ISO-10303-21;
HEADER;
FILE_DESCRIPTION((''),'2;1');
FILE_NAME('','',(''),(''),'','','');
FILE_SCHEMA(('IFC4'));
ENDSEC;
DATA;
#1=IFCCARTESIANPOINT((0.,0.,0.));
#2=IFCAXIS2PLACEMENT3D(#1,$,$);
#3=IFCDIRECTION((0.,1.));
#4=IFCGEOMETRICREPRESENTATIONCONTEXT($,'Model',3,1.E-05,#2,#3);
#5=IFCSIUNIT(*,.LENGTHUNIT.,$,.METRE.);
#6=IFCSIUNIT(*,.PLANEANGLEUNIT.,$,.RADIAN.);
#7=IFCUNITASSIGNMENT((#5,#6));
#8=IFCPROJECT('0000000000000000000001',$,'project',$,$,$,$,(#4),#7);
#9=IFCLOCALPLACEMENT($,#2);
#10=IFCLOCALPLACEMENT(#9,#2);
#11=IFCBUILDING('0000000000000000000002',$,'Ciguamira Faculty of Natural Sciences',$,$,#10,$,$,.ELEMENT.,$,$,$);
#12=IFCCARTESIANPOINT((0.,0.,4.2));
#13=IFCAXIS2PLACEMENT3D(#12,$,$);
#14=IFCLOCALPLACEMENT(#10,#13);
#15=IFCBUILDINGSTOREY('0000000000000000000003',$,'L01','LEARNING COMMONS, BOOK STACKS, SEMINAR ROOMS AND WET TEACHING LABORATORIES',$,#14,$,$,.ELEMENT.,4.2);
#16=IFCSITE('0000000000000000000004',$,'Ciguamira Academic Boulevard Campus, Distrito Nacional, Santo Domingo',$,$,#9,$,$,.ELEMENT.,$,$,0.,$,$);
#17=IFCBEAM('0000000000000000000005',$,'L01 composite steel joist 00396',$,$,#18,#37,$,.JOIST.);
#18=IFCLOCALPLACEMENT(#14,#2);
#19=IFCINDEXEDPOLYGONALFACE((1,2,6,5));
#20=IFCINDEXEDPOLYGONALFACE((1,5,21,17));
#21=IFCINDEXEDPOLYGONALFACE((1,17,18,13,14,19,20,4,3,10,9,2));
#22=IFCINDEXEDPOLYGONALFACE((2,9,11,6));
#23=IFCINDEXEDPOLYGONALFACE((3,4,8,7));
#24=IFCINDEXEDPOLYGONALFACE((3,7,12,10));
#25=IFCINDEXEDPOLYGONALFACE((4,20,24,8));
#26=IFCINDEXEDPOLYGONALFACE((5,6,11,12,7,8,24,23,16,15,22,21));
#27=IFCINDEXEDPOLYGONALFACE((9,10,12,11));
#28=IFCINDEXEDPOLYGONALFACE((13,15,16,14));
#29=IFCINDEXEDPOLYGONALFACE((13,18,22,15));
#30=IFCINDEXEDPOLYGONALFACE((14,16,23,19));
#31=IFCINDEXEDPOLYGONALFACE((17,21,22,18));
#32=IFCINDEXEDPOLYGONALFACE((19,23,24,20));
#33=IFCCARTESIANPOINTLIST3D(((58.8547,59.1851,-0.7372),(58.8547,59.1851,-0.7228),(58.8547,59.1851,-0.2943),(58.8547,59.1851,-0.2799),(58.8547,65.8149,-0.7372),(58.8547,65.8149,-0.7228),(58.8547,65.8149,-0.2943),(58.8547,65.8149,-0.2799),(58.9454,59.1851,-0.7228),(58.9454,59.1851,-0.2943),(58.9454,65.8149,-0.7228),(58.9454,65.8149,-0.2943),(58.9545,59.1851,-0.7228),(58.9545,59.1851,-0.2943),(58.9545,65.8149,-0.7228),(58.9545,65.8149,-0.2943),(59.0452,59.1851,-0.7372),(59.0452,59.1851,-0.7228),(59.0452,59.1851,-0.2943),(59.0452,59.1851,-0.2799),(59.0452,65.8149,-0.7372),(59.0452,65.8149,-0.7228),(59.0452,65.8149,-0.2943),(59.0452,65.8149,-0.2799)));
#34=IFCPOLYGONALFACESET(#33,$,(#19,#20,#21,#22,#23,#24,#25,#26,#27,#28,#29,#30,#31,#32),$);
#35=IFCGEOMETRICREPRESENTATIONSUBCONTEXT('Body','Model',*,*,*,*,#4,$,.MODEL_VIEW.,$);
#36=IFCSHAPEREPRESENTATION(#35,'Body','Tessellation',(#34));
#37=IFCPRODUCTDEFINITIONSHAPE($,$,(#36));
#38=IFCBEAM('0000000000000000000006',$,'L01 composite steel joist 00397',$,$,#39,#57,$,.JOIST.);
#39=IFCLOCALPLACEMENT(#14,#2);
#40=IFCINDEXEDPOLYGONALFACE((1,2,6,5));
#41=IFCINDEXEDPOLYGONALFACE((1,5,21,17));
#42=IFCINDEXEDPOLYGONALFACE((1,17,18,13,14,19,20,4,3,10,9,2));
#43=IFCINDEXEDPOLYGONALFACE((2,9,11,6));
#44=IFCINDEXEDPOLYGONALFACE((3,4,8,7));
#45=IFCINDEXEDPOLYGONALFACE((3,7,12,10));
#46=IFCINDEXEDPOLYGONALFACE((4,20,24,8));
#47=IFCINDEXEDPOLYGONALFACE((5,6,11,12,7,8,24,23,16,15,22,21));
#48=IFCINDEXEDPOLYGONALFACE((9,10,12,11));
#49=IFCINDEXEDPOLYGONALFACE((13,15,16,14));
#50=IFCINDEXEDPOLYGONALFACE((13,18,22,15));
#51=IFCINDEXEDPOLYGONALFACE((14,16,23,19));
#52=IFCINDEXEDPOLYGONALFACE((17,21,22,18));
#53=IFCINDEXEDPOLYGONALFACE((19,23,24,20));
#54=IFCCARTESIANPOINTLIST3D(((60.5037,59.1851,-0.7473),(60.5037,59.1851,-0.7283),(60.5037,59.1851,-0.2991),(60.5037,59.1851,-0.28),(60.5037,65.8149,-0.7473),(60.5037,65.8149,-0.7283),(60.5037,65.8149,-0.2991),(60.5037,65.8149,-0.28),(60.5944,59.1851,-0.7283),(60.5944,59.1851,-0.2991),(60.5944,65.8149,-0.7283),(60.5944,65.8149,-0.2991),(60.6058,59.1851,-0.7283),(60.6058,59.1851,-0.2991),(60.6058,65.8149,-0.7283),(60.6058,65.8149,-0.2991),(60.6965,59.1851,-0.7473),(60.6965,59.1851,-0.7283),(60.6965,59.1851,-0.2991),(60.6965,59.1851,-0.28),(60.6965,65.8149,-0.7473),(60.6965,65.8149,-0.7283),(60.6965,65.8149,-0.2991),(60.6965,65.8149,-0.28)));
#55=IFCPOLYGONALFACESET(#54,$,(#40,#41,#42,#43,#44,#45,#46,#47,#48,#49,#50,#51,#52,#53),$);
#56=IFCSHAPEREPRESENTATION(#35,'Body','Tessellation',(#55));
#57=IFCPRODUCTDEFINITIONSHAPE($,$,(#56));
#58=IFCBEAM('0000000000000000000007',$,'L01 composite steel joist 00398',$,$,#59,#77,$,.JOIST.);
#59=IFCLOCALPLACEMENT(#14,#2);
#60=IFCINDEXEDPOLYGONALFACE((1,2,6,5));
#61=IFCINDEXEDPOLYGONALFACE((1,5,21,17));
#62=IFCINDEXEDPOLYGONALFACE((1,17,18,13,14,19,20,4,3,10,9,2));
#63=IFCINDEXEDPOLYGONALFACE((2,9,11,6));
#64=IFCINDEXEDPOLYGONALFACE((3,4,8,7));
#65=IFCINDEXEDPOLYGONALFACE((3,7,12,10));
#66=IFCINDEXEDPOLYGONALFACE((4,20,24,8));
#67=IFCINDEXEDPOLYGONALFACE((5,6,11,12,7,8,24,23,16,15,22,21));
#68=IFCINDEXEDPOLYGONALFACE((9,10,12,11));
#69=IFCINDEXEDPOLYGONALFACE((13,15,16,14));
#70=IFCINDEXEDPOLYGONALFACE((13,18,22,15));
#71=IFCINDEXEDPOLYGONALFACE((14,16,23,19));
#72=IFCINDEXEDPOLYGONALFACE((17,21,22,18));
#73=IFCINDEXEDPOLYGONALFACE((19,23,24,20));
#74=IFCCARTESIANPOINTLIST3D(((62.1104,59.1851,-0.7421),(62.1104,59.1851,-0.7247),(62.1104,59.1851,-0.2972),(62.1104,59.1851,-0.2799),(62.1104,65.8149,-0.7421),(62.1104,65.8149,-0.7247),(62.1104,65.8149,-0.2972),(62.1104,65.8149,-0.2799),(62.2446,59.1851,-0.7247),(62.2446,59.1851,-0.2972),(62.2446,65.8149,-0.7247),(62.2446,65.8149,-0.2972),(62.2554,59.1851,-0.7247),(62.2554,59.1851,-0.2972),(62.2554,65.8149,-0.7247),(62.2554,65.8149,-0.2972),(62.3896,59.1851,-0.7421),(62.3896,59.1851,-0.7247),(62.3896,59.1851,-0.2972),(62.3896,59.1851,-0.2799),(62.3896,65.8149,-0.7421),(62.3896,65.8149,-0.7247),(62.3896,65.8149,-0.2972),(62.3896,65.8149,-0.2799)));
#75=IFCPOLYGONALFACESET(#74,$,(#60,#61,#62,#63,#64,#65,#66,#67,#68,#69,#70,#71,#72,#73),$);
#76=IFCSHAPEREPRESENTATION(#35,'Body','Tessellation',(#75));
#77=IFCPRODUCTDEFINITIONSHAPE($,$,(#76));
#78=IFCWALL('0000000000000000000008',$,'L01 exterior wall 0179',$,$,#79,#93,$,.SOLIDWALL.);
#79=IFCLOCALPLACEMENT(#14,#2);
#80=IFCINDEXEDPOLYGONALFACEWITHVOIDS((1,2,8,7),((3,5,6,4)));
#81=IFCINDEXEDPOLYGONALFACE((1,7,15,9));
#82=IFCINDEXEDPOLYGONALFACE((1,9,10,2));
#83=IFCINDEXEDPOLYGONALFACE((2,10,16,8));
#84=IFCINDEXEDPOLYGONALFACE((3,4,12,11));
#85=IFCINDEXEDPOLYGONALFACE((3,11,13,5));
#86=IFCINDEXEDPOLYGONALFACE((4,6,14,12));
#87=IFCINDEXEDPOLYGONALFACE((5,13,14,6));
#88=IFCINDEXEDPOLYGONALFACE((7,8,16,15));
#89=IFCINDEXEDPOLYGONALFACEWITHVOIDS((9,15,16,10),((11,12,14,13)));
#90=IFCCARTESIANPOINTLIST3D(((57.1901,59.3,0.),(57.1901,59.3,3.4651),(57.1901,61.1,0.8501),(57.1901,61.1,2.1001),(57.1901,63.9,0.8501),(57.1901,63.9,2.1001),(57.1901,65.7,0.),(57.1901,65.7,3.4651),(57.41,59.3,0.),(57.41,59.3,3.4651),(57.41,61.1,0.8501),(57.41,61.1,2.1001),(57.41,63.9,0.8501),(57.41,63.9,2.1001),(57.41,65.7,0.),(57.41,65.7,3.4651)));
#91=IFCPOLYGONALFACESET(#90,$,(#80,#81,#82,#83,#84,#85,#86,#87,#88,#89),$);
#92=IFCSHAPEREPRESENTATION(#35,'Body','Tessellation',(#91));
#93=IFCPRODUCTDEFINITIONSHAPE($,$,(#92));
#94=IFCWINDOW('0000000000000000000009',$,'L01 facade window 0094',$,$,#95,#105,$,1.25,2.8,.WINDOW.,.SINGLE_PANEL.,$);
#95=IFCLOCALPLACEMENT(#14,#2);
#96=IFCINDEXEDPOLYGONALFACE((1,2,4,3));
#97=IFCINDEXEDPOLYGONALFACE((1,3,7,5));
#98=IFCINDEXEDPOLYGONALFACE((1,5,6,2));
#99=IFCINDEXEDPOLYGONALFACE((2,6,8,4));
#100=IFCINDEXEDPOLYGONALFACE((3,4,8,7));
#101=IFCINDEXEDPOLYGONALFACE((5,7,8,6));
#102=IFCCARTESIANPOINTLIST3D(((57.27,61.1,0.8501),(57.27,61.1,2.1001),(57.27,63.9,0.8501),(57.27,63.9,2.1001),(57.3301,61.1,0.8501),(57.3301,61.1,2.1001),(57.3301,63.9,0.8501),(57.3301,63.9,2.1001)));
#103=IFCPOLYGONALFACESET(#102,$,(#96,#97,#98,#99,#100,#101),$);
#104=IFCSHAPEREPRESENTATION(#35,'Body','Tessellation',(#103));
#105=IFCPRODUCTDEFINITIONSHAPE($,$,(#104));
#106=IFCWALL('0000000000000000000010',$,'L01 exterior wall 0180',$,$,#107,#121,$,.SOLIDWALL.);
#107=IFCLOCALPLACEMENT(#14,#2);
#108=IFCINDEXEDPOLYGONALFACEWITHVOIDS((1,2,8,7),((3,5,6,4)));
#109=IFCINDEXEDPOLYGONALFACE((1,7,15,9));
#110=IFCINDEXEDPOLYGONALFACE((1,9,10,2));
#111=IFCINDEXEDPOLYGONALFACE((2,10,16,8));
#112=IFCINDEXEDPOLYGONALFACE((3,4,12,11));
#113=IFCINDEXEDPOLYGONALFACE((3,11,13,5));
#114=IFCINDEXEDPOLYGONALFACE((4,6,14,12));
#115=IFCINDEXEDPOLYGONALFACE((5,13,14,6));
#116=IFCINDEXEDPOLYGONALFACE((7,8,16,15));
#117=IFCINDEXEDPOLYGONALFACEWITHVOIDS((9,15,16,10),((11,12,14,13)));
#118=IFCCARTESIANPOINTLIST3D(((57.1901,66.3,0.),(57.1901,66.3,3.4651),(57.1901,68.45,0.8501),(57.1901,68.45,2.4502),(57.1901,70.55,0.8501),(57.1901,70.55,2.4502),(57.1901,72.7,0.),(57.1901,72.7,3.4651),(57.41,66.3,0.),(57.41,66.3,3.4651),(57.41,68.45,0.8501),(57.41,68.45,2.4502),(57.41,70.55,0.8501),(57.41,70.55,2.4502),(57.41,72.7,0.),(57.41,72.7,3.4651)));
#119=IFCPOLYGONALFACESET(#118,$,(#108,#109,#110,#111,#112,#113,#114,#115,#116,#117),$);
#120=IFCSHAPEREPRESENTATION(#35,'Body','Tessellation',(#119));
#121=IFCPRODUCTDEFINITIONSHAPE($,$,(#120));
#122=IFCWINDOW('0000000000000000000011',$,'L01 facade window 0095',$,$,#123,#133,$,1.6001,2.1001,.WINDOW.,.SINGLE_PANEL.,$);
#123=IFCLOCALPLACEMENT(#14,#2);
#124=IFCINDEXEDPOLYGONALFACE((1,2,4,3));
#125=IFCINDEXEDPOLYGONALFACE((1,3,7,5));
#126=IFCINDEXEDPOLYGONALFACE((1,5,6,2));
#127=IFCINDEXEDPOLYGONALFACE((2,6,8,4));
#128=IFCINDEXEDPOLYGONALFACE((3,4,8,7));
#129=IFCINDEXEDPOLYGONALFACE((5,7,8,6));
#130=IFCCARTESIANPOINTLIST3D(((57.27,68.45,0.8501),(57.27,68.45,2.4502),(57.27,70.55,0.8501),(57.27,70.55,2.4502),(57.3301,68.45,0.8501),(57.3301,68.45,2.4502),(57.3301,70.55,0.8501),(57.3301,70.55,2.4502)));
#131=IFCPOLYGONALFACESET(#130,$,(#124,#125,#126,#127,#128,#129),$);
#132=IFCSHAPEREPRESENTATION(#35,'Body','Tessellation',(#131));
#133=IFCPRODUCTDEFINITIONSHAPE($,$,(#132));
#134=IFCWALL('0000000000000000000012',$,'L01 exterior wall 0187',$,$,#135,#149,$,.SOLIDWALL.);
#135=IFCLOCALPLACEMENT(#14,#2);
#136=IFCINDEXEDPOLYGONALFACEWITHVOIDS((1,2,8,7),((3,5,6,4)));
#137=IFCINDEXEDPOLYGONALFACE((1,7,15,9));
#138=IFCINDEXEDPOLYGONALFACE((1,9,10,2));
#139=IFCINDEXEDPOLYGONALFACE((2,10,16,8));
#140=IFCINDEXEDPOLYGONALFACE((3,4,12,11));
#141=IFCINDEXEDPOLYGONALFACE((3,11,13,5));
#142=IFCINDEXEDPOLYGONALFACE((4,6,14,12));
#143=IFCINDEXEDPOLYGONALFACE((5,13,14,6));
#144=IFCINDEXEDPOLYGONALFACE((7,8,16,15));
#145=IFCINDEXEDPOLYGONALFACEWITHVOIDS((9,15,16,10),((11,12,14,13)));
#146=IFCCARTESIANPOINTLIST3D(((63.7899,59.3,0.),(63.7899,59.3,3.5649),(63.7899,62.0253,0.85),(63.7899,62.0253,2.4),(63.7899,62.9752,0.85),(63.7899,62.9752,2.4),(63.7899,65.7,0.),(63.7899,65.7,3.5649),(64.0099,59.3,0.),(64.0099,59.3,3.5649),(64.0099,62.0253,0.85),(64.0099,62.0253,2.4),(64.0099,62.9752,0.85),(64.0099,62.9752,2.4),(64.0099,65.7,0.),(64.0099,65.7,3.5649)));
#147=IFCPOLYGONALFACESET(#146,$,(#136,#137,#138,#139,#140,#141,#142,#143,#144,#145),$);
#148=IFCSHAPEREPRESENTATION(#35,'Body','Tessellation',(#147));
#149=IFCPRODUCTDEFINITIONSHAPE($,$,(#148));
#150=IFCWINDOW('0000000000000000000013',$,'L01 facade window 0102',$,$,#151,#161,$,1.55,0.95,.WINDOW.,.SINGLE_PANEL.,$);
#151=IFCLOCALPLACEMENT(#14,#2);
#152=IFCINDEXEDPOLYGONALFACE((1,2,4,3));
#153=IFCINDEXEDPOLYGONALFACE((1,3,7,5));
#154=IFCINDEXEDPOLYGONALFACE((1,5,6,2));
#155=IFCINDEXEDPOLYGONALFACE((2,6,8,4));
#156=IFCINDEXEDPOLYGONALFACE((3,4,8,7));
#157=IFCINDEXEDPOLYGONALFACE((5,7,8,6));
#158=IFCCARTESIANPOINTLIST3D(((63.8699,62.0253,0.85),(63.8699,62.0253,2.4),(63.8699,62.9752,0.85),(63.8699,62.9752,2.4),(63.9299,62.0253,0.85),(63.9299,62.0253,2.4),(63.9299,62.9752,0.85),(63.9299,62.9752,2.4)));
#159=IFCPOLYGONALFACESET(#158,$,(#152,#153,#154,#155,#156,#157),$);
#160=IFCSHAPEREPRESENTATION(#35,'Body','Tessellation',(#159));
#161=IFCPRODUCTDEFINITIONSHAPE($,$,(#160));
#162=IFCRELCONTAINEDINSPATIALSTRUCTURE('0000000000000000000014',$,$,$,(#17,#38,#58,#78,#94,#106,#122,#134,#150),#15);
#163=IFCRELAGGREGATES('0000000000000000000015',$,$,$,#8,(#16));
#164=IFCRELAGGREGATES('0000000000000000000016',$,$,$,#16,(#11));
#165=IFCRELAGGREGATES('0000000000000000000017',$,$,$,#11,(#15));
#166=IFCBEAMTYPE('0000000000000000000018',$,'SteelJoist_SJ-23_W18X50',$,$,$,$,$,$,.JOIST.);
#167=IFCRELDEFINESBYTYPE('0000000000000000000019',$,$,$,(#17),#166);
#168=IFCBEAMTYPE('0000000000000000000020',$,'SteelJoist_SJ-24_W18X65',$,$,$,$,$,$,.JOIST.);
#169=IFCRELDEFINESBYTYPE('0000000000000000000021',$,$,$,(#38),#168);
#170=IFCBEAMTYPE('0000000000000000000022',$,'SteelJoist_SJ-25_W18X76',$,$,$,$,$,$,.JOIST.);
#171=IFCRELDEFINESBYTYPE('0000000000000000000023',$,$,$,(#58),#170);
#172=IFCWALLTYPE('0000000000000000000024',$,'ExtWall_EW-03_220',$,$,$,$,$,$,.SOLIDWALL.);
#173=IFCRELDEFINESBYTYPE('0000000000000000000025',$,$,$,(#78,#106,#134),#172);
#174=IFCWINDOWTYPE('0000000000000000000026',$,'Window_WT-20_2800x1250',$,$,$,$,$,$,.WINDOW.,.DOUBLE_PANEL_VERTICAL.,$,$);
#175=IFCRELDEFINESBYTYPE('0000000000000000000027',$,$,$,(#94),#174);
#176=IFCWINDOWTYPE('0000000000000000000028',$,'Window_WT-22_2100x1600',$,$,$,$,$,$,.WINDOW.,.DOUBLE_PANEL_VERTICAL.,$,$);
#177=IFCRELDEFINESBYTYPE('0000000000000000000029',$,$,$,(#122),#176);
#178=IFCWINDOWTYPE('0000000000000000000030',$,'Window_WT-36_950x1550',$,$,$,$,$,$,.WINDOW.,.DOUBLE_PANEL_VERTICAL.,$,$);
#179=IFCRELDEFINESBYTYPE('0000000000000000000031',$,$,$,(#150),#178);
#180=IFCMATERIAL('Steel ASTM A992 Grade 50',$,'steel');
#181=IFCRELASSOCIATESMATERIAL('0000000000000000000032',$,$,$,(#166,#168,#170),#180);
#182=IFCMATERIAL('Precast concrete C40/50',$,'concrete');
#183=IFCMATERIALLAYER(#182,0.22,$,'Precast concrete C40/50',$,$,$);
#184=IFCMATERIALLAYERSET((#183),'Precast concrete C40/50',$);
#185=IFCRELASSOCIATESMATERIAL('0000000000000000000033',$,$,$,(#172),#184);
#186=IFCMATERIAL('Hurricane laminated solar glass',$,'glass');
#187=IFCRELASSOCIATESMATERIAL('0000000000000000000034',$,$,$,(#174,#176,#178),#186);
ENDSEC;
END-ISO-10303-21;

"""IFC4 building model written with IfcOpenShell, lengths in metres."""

from ifc_helpers import new_model, si_unit, direction, frame, frame_2d, origin, origin_2d, place, context, subcontext, project, spatial, rectangle, i_section, extrude, material, layer, layer_set, material_profile, profile_set, type_object, element, fill, save


model = new_model("IFC4")

# Units and contexts
model_context = context("Model", 3, precision=1e-05, world=origin(), true_north=direction((0.0, 1.0)))
body_context = subcontext(model_context, "Body", "Model", "MODEL_VIEW")
ifc_project = project(units=[si_unit("LENGTHUNIT", "METRE"), si_unit("PLANEANGLEUNIT", "RADIAN")], contexts=[model_context])

# Site, building, storey
site_placement = place(None, origin())
site = spatial("IfcSite", under=ifc_project, at=site_placement, Name="Ciguamira Academic Boulevard Campus, Distrito Nacional, Santo Domingo", CompositionType="ELEMENT", RefElevation=0.0)
building_placement = place(site_placement, origin())
building = spatial("IfcBuilding", under=site, at=building_placement, Name="Ciguamira Faculty of Natural Sciences", CompositionType="ELEMENT")
storey_placement = place(building_placement, frame((0.0, 0.0, 4.2)))
storey = spatial("IfcBuildingStorey", under=building, at=storey_placement, Name="L01", Description="LEARNING COMMONS, BOOK STACKS, SEMINAR ROOMS AND WET TEACHING LABORATORIES", CompositionType="ELEMENT", Elevation=4.2)

# Beams
ifc_material_1 = material(Name="Precast concrete C40/50", Category="concrete")
ifc_material_2 = material(Name="Steel ASTM A992 Grade 50", Category="steel")
ifc_material_profile_1 = material_profile(ifc_material_2, i_section(OverallWidth=0.1904, OverallDepth=0.4573, WebThickness=0.009, FlangeThickness=0.0144, at=origin_2d()), Name="W18X50")
ifc_profile_set_1 = profile_set([ifc_material_profile_1], Name="Steel ASTM A992 Grade 50")
beam_type_1 = type_object("IfcBeamType", Name="SteelJoist_SJ-23_W18X50", PredefinedType="JOIST", material=ifc_profile_set_1)
beam_1_placement = place(storey_placement, frame((58.95, 59.1851, -0.5085), z_axis=(0.0, 1.0, 0.0), x_axis=(-1.0, 0.0, 0.0)))
element("IfcBeam", 1, at=beam_1_placement, inside=storey, type_object=beam_type_1, Name="L01 composite steel joist 00396", PredefinedType="JOIST", context=body_context, shape_type="SweptSolid", body=[
    extrude(i_section(OverallWidth=0.1904, OverallDepth=0.4573, WebThickness=0.009, FlangeThickness=0.0144, at=origin_2d()), origin(), (0.0, 0.0, 1.0), 6.6299),
])
ifc_material_profile_2 = material_profile(ifc_material_2, i_section(OverallWidth=0.1929, OverallDepth=0.4673, WebThickness=0.0115, FlangeThickness=0.019, at=origin_2d()), Name="W18X65")
ifc_profile_set_2 = profile_set([ifc_material_profile_2], Name="Steel ASTM A992 Grade 50")
beam_type_2 = type_object("IfcBeamType", Name="SteelJoist_SJ-24_W18X65", PredefinedType="JOIST", material=ifc_profile_set_2)
beam_2_placement = place(storey_placement, frame((60.6001, 59.1851, -0.5137), z_axis=(0.0, 1.0, 0.0), x_axis=(-1.0, 0.0, 0.0)))
element("IfcBeam", 2, at=beam_2_placement, inside=storey, type_object=beam_type_2, Name="L01 composite steel joist 00397", PredefinedType="JOIST", context=body_context, shape_type="SweptSolid", body=[
    extrude(i_section(OverallWidth=0.1929, OverallDepth=0.4673, WebThickness=0.0115, FlangeThickness=0.019, at=origin_2d()), origin(), (0.0, 0.0, 1.0), 6.6299),
])
ifc_material_profile_3 = material_profile(ifc_material_2, i_section(OverallWidth=0.2793, OverallDepth=0.4622, WebThickness=0.0107, FlangeThickness=0.0173, at=origin_2d()), Name="W18X76")
ifc_profile_set_3 = profile_set([ifc_material_profile_3], Name="Steel ASTM A992 Grade 50")
beam_type_3 = type_object("IfcBeamType", Name="SteelJoist_SJ-25_W18X76", PredefinedType="JOIST", material=ifc_profile_set_3)
beam_3_placement = place(storey_placement, frame((62.25, 59.1851, -0.511), z_axis=(0.0, 1.0, 0.0), x_axis=(-1.0, 0.0, 0.0)))
element("IfcBeam", 3, at=beam_3_placement, inside=storey, type_object=beam_type_3, Name="L01 composite steel joist 00398", PredefinedType="JOIST", context=body_context, shape_type="SweptSolid", body=[
    extrude(i_section(OverallWidth=0.2793, OverallDepth=0.4622, WebThickness=0.0107, FlangeThickness=0.0173, at=origin_2d()), origin(), (0.0, 0.0, 1.0), 6.6299),
])

# Walls, openings, windows
ifc_layer = layer(ifc_material_1, 0.22, Name="Precast concrete C40/50")
ifc_layer_set = layer_set([ifc_layer], Name="Precast concrete C40/50")
wall_type = type_object("IfcWallType", Name="ExtWall_EW-03_220", PredefinedType="SOLIDWALL", material=ifc_layer_set)
wall_1_placement = place(storey_placement, frame((57.3, 59.3, 0.0), z_axis=(0.0, 0.0, 1.0), x_axis=(0.0, 1.0, 0.0)))
wall_1 = element("IfcWall", 4, at=wall_1_placement, inside=storey, type_object=wall_type, Name="L01 exterior wall 0179", PredefinedType="SOLIDWALL", context=body_context, shape_type="SweptSolid", body=[
    extrude(rectangle(XDim=6.3999, YDim=0.22, at=frame_2d((3.2, 0.0))), origin(), (0.0, 0.0, 1.0), 3.4651),
])
opening_1_placement = place(wall_1_placement, frame((1.8, 0.0, 0.8501)))
opening_1 = element("IfcOpeningElement", 5, at=opening_1_placement, cuts=wall_1, PredefinedType="OPENING", context=body_context, shape_type="SweptSolid", body=[
    extrude(rectangle(XDim=2.8, YDim=1.25, at=frame_2d((1.3999, 0.625))), frame((0.0, 0.1199, 0.0), z_axis=(0.0, -1.0, 0.0), x_axis=(1.0, 0.0, 0.0)), (0.0, 0.0, 1.0), 0.24),
])
ifc_material_3 = material(Name="Hurricane laminated solar glass", Category="glass")
window_type_1 = type_object("IfcWindowType", Name="Window_WT-20_2800x1250", PartitioningType="DOUBLE_PANEL_VERTICAL", PredefinedType="WINDOW", material=ifc_material_3)
window_1_placement = place(opening_1_placement, origin())
window_1 = element("IfcWindow", 6, at=window_1_placement, inside=storey, type_object=window_type_1, Name="L01 facade window 0094", OverallHeight=1.25, OverallWidth=2.8, PartitioningType="SINGLE_PANEL", PredefinedType="WINDOW", context=body_context, shape_type="SweptSolid", body=[
    extrude(rectangle(XDim=2.8, YDim=1.25, at=frame_2d((1.3999, 0.625))), frame((0.0, 0.03, 0.0), z_axis=(0.0, -1.0, 0.0), x_axis=(1.0, 0.0, 0.0)), (0.0, 0.0, 1.0), 0.0601),
])
fill(opening_1, window_1)
wall_2_placement = place(storey_placement, frame((57.3, 66.3, 0.0), z_axis=(0.0, 0.0, 1.0), x_axis=(0.0, 1.0, 0.0)))
wall_2 = element("IfcWall", 7, at=wall_2_placement, inside=storey, type_object=wall_type, Name="L01 exterior wall 0180", PredefinedType="SOLIDWALL", context=body_context, shape_type="SweptSolid", body=[
    extrude(rectangle(XDim=6.3999, YDim=0.22, at=frame_2d((3.2, 0.0))), origin(), (0.0, 0.0, 1.0), 3.4651),
])
opening_2_placement = place(wall_2_placement, frame((2.1499, 0.0, 0.8501)))
opening_2 = element("IfcOpeningElement", 8, at=opening_2_placement, cuts=wall_2, PredefinedType="OPENING", context=body_context, shape_type="SweptSolid", body=[
    extrude(rectangle(XDim=2.1001, YDim=1.6001, at=frame_2d((1.05, 0.8))), frame((0.0, 0.1199, 0.0), z_axis=(0.0, -1.0, 0.0), x_axis=(1.0, 0.0, 0.0)), (0.0, 0.0, 1.0), 0.24),
])
window_type_2 = type_object("IfcWindowType", Name="Window_WT-22_2100x1600", PartitioningType="DOUBLE_PANEL_VERTICAL", PredefinedType="WINDOW", material=ifc_material_3)
window_2_placement = place(opening_2_placement, origin())
window_2 = element("IfcWindow", 9, at=window_2_placement, inside=storey, type_object=window_type_2, Name="L01 facade window 0095", OverallHeight=1.6001, OverallWidth=2.1001, PartitioningType="SINGLE_PANEL", PredefinedType="WINDOW", context=body_context, shape_type="SweptSolid", body=[
    extrude(rectangle(XDim=2.1001, YDim=1.6001, at=frame_2d((1.05, 0.8))), frame((0.0, 0.03, 0.0), z_axis=(0.0, -1.0, 0.0), x_axis=(1.0, 0.0, 0.0)), (0.0, 0.0, 1.0), 0.0601),
])
fill(opening_2, window_2)
wall_3_placement = place(storey_placement, frame((63.8999, 59.3, 0.0), z_axis=(0.0, 0.0, 1.0), x_axis=(0.0, 1.0, 0.0)))
wall_3 = element("IfcWall", 10, at=wall_3_placement, inside=storey, type_object=wall_type, Name="L01 exterior wall 0187", PredefinedType="SOLIDWALL", context=body_context, shape_type="SweptSolid", body=[
    extrude(rectangle(XDim=6.3999, YDim=0.22, at=frame_2d((3.2, 0.0))), origin(), (0.0, 0.0, 1.0), 3.5649),
])
opening_3_placement = place(wall_3_placement, frame((2.7251, 0.0, 0.8501)))
opening_3 = element("IfcOpeningElement", 11, at=opening_3_placement, cuts=wall_3, PredefinedType="OPENING", context=body_context, shape_type="SweptSolid", body=[
    extrude(rectangle(XDim=0.95, YDim=1.55, at=frame_2d((0.4751, 0.7749))), frame((0.0, 0.1199, 0.0), z_axis=(0.0, -1.0, 0.0), x_axis=(1.0, 0.0, 0.0)), (0.0, 0.0, 1.0), 0.24),
])
window_type_3 = type_object("IfcWindowType", Name="Window_WT-36_950x1550", PartitioningType="DOUBLE_PANEL_VERTICAL", PredefinedType="WINDOW", material=ifc_material_3)
window_3_placement = place(opening_3_placement, origin())
window_3 = element("IfcWindow", 12, at=window_3_placement, inside=storey, type_object=window_type_3, Name="L01 facade window 0102", OverallHeight=1.55, OverallWidth=0.95, PartitioningType="SINGLE_PANEL", PredefinedType="WINDOW", context=body_context, shape_type="SweptSolid", body=[
    extrude(rectangle(XDim=0.95, YDim=1.55, at=frame_2d((0.4751, 0.7749))), frame((0.0, 0.03, 0.0), z_axis=(0.0, -1.0, 0.0), x_axis=(1.0, 0.0, 0.0)), (0.0, 0.0, 1.0), 0.0601),
])
fill(opening_3, window_3)

save(model, "model.ifc")
